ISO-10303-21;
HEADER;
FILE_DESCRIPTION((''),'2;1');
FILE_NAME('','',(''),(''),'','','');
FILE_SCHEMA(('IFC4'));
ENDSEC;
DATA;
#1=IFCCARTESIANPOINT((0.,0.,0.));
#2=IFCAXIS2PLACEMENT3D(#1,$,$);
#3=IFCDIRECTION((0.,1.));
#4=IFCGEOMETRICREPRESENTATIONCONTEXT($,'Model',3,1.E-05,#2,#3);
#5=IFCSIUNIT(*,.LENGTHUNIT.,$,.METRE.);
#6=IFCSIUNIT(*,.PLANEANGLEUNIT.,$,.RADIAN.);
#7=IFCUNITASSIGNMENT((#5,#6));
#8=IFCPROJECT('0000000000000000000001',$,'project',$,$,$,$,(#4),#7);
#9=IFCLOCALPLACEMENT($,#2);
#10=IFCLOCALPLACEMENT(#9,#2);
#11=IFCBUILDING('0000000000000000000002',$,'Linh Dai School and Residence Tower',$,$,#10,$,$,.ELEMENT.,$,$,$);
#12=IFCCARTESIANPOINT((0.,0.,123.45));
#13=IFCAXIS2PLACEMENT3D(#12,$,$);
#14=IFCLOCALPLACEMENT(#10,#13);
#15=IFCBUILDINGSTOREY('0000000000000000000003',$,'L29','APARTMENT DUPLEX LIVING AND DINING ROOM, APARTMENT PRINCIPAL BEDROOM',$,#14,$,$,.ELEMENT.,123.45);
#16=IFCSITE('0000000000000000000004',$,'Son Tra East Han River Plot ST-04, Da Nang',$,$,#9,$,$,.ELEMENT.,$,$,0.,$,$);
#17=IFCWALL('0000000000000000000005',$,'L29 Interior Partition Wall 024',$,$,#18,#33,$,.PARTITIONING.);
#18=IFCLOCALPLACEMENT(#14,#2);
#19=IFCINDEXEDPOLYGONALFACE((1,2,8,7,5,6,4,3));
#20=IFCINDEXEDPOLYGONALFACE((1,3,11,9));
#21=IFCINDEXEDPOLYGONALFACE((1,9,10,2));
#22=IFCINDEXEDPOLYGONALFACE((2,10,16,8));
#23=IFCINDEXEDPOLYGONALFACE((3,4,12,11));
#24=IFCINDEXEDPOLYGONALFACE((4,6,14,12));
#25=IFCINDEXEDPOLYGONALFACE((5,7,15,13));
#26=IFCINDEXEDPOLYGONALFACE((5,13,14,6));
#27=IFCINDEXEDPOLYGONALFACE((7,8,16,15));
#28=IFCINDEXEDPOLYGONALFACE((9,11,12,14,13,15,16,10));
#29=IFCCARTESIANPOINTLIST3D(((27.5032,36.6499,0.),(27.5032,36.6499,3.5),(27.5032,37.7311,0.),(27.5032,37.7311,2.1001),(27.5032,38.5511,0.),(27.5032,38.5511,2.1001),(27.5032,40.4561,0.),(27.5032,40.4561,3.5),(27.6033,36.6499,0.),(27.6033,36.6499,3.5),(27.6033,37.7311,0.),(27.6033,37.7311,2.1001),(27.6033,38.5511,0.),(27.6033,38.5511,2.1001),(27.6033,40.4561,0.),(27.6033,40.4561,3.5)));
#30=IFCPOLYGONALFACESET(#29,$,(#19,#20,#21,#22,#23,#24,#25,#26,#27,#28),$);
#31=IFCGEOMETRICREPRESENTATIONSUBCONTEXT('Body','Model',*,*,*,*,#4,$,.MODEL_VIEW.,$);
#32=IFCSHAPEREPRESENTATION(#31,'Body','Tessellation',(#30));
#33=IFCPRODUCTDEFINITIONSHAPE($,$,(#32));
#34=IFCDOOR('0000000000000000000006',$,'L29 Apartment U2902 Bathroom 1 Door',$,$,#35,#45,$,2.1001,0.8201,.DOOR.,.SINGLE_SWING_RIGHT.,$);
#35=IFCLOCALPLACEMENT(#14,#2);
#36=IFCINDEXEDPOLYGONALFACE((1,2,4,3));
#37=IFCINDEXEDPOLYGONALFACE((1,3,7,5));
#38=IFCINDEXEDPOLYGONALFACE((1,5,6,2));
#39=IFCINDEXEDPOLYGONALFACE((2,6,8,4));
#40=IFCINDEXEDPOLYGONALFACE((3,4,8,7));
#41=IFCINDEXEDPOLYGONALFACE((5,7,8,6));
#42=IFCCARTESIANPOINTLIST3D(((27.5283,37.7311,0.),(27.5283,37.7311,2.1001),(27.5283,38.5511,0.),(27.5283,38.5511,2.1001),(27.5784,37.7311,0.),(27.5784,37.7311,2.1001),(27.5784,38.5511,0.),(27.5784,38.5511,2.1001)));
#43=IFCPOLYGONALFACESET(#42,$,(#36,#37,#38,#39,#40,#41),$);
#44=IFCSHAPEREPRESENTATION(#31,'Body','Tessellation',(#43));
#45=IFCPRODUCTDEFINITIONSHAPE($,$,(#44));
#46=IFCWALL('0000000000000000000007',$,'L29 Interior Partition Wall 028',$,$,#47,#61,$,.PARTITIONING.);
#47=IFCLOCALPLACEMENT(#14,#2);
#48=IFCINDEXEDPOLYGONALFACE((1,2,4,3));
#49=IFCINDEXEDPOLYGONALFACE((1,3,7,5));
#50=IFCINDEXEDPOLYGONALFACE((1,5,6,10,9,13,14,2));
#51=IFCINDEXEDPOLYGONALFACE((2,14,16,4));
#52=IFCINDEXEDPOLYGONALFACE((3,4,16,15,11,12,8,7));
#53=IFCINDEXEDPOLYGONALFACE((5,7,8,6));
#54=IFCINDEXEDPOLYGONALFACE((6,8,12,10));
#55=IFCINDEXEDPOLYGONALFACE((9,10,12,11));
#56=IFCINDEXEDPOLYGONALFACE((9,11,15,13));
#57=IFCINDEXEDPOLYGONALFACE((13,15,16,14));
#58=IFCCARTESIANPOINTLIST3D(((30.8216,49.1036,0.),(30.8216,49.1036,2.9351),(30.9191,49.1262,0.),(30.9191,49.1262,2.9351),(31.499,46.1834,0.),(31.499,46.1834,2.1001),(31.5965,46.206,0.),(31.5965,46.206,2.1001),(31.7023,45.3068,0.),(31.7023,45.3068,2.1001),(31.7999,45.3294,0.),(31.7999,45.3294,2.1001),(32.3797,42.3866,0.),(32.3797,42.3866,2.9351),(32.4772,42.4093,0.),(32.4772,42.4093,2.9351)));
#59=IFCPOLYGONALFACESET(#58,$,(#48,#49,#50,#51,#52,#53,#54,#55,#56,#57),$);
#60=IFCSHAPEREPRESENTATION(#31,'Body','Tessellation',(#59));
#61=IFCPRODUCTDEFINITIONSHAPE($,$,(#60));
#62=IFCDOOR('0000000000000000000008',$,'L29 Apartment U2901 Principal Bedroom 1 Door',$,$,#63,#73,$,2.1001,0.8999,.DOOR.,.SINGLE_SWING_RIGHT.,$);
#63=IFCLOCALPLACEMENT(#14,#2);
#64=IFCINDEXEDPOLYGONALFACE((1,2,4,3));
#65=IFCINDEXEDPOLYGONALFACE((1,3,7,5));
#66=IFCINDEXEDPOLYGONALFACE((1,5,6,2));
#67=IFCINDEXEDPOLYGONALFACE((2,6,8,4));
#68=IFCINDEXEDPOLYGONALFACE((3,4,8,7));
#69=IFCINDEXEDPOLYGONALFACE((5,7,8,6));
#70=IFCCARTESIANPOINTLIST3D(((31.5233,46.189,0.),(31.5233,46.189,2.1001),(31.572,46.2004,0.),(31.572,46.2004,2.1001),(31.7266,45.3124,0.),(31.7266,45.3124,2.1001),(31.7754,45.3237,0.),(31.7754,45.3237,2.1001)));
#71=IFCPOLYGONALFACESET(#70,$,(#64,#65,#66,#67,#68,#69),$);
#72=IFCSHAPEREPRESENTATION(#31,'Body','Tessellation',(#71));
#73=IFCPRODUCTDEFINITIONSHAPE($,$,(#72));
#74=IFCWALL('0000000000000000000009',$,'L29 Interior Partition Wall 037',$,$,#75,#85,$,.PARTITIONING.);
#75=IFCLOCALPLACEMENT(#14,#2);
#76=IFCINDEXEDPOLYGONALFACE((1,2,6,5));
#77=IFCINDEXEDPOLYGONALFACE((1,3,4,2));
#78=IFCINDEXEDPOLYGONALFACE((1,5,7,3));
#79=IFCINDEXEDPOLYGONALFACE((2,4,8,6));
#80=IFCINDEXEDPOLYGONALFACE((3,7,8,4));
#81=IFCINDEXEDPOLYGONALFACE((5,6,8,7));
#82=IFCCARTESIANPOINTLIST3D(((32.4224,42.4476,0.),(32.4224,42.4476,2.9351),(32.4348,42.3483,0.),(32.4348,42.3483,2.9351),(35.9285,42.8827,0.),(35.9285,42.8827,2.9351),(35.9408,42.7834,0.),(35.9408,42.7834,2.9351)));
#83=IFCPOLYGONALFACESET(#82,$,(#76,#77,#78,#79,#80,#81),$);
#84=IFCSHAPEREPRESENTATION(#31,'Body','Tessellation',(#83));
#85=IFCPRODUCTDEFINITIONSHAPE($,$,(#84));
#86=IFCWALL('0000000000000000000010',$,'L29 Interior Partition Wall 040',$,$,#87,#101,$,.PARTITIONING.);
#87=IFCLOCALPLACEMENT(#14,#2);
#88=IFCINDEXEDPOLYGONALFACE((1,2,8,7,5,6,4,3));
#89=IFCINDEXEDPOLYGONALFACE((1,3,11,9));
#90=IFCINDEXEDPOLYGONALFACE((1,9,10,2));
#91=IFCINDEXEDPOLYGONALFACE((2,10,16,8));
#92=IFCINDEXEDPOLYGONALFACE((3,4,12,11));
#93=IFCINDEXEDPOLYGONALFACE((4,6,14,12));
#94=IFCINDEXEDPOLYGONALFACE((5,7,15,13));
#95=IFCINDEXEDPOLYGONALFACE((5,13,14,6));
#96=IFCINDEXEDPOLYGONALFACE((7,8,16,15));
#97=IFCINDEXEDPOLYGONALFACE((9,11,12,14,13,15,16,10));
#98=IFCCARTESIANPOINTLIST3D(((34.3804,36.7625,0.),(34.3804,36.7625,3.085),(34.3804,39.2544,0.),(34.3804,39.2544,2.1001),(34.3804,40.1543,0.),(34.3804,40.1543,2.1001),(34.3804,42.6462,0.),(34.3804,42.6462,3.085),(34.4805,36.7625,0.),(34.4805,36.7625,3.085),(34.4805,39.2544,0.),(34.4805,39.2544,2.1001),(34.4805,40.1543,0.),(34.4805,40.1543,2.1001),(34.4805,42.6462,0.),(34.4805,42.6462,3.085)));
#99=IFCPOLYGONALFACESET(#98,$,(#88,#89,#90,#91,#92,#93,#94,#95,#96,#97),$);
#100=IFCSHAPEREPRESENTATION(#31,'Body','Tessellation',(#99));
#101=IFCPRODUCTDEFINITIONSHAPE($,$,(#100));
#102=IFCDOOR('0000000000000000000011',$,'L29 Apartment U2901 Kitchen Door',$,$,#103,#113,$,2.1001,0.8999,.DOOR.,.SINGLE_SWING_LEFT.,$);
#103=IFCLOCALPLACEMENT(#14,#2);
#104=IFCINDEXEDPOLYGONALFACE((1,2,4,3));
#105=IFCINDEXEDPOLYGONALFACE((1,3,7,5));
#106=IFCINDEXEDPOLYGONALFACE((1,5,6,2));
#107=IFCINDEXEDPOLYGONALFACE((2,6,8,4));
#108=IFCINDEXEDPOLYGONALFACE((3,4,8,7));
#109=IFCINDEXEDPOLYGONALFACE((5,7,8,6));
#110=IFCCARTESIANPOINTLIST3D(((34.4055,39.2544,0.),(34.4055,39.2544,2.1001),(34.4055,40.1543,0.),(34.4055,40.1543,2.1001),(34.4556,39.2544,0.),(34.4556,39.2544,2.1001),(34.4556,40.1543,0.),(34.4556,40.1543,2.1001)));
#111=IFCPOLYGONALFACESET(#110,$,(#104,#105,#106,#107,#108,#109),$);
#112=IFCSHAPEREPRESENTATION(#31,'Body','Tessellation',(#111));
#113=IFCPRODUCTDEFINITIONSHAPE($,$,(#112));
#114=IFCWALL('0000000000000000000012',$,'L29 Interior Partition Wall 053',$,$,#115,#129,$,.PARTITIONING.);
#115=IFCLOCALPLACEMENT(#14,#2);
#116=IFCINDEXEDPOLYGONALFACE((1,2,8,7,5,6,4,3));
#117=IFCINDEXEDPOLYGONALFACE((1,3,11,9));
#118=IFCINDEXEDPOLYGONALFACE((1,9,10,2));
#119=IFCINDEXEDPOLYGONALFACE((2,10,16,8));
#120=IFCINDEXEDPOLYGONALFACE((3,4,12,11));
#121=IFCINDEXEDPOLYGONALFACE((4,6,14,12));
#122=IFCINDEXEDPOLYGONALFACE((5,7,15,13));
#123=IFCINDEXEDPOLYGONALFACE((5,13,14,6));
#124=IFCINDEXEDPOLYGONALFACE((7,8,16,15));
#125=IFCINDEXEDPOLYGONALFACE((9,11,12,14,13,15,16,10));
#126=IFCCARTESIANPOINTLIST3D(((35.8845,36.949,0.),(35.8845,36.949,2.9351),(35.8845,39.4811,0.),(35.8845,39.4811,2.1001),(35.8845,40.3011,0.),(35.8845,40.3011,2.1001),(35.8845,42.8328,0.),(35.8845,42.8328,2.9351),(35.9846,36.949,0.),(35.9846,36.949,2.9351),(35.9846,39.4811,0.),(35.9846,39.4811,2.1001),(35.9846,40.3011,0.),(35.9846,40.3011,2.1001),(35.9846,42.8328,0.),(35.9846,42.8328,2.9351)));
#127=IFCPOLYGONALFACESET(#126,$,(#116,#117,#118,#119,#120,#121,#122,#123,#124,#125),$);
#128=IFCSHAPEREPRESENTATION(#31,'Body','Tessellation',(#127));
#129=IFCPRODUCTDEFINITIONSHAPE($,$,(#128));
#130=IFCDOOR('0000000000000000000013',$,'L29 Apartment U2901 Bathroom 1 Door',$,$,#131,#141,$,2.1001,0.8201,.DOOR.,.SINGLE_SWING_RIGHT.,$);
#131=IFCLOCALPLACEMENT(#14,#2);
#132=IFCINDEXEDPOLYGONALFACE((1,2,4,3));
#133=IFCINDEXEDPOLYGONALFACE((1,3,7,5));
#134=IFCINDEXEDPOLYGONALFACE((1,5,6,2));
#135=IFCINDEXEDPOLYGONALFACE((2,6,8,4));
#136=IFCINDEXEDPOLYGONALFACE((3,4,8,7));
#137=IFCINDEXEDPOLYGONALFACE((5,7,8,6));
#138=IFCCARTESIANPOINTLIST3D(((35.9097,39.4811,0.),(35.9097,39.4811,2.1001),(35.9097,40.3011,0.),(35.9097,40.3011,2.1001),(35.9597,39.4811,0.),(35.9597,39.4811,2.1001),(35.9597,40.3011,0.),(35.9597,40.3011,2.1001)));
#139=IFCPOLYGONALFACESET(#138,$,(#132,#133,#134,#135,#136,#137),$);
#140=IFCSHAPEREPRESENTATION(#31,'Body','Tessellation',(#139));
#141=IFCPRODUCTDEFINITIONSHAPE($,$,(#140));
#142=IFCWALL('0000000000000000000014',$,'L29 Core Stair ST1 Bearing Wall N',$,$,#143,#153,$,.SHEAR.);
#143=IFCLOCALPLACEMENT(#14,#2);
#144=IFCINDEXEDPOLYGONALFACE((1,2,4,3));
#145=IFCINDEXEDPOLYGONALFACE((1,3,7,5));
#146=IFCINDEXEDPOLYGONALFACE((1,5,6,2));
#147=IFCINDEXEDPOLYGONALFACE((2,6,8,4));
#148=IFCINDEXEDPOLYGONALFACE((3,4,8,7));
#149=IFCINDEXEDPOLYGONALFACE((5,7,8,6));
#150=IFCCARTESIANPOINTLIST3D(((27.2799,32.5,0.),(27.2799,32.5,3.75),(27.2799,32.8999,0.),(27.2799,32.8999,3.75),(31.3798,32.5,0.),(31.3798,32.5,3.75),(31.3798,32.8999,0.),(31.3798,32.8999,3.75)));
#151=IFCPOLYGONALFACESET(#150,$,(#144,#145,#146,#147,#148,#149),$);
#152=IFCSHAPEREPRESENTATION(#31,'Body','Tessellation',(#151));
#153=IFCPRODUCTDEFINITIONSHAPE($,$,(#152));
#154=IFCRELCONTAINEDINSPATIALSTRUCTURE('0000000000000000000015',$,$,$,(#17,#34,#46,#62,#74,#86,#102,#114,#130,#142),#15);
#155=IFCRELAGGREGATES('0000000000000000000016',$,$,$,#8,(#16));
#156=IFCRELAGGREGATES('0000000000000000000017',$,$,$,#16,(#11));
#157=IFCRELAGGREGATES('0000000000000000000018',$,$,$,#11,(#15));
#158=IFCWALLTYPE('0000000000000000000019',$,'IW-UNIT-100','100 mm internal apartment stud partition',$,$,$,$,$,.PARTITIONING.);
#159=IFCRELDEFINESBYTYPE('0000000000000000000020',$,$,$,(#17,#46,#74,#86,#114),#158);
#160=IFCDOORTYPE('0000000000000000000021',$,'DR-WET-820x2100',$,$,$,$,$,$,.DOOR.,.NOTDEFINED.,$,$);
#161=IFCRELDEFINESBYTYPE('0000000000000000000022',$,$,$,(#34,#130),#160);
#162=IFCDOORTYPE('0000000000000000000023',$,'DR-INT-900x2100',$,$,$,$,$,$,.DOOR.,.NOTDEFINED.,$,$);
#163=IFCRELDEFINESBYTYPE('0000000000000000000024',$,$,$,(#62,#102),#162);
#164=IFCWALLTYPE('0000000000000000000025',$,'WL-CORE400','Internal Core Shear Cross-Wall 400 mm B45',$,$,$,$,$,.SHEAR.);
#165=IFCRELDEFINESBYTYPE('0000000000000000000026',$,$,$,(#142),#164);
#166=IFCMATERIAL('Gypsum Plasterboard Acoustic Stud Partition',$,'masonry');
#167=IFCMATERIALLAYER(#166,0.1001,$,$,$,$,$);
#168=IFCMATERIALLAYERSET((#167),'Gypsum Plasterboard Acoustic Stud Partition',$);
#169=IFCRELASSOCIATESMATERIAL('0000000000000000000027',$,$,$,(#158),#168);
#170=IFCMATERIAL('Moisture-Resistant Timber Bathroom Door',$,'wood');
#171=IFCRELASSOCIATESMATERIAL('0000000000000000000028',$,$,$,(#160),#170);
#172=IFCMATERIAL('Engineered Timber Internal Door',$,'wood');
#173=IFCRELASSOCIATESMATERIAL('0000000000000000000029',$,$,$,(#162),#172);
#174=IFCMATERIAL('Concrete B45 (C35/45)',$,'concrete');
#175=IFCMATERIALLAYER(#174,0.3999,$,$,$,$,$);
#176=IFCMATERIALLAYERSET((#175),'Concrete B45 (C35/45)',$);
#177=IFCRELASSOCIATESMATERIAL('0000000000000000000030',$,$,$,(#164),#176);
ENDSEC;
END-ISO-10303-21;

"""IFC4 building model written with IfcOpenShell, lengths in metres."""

from ifc_helpers import new_model, si_unit, direction, frame, frame_2d, origin, origin_2d, place, context, subcontext, project, spatial, rectangle, extrude, source, transform, mapped, material, layer, layer_set, type_object, element, fill, save


model = new_model("IFC4")

# Units and contexts
model_context = context("Model", 3, precision=1e-05, world=origin(), true_north=direction((0.0, 1.0)))
body_context = subcontext(model_context, "Body", "Model", "MODEL_VIEW")
ifc_project = project(units=[si_unit("LENGTHUNIT", "METRE"), si_unit("PLANEANGLEUNIT", "RADIAN")], contexts=[model_context])

# Site, building, storey
site_placement = place(None, origin())
site = spatial("IfcSite", under=ifc_project, at=site_placement, Name="Son Tra East Han River Plot ST-04, Da Nang", CompositionType="ELEMENT", RefElevation=0.0)
building_placement = place(site_placement, origin())
building = spatial("IfcBuilding", under=site, at=building_placement, Name="Linh Dai School and Residence Tower", CompositionType="ELEMENT")
storey_placement = place(building_placement, frame((0.0, 0.0, 123.45)))
storey = spatial("IfcBuildingStorey", under=building, at=storey_placement, Name="L29", Description="APARTMENT DUPLEX LIVING AND DINING ROOM, APARTMENT PRINCIPAL BEDROOM", CompositionType="ELEMENT", Elevation=123.45)

# Walls, openings, doors
ifc_material_1 = material(Name="Gypsum Plasterboard Acoustic Stud Partition", Category="masonry")
ifc_layer_1 = layer(ifc_material_1, 0.1001)
ifc_layer_set_1 = layer_set([ifc_layer_1], Name="Gypsum Plasterboard Acoustic Stud Partition")
wall_type_1 = type_object("IfcWallType", Name="IW-UNIT-100", Description="100 mm internal apartment stud partition", PredefinedType="PARTITIONING", material=ifc_layer_set_1)
wall_1_placement = place(storey_placement, frame((27.5532, 36.6499, 0.0), z_axis=(0.0, 0.0, 1.0), x_axis=(0.0, 1.0, 0.0)))
wall_1 = element("IfcWall", 1, at=wall_1_placement, inside=storey, type_object=wall_type_1, Name="L29 Interior Partition Wall 024", PredefinedType="PARTITIONING", context=body_context, shape_type="SweptSolid", body=[
    extrude(rectangle(XDim=3.8062, YDim=0.1001, at=frame_2d((1.9031, 0.0))), origin(), (0.0, 0.0, 1.0), 3.5),
])
opening_1_placement = place(wall_1_placement, frame((1.0811, 0.0, 0.0)))
opening_1 = element("IfcOpeningElement", 2, at=opening_1_placement, cuts=wall_1, PredefinedType="OPENING", context=body_context, shape_type="SweptSolid", body=[
    extrude(rectangle(XDim=0.8201, YDim=2.1001, at=origin_2d()), frame((0.4102, 0.0601, 1.05), z_axis=(0.0, -1.0, 0.0), x_axis=(1.0, 0.0, 0.0)), (0.0, 0.0, 1.0), 0.1201),
])
ifc_material_2 = material(Name="Moisture-Resistant Timber Bathroom Door", Category="wood")
door_type_1 = type_object("IfcDoorType", Name="DR-WET-820x2100", OperationType="NOTDEFINED", PredefinedType="DOOR", material=ifc_material_2)
shared_shape_1 = source(origin(), body_context, "Body", "SweptSolid", [
    extrude(rectangle(XDim=0.8201, YDim=2.1001, at=origin_2d()), frame((0.4102, 0.0249, 1.05), z_axis=(0.0, -1.0, 0.0), x_axis=(1.0, 0.0, 0.0)), (0.0, 0.0, 1.0), 0.05),
])
door_1_placement = place(opening_1_placement, origin())
door_1 = element("IfcDoor", 3, at=door_1_placement, inside=storey, type_object=door_type_1, Name="L29 Apartment U2902 Bathroom 1 Door", OperationType="SINGLE_SWING_RIGHT", OverallHeight=2.1001, OverallWidth=0.8201, PredefinedType="DOOR", context=body_context, shape_type="MappedRepresentation", body=[
    mapped(shared_shape_1, transform((0.0, 0.0, 0.0), x_axis=(1.0, 0.0, 0.0), y_axis=(0.0, 1.0, 0.0), z_axis=(0.0, 0.0, 1.0), scale=1.0)),
])
fill(opening_1, door_1)
wall_2_placement = place(storey_placement, frame((30.8704, 49.115, 0.0), z_axis=(0.0, 0.0, 1.0), x_axis=(0.225964, -0.974136, 0.0)))
wall_2 = element("IfcWall", 4, at=wall_2_placement, inside=storey, type_object=wall_type_1, Name="L29 Interior Partition Wall 028", PredefinedType="PARTITIONING", context=body_context, shape_type="SweptSolid", body=[
    extrude(rectangle(XDim=6.8953, YDim=0.1001, at=frame_2d((3.4478, 0.0))), origin(), (0.0, 0.0, 1.0), 2.9351),
])
opening_2_placement = place(wall_2_placement, frame((2.9978, 0.0, 0.0)))
opening_2 = element("IfcOpeningElement", 5, at=opening_2_placement, cuts=wall_2, PredefinedType="OPENING", context=body_context, shape_type="SweptSolid", body=[
    extrude(rectangle(XDim=0.8999, YDim=2.1001, at=origin_2d()), frame((0.45, 0.0601, 1.05), z_axis=(0.0, -1.0, 0.0), x_axis=(1.0, 0.0, 0.0)), (0.0, 0.0, 1.0), 0.1201),
])
ifc_material_3 = material(Name="Engineered Timber Internal Door", Category="wood")
door_type_2 = type_object("IfcDoorType", Name="DR-INT-900x2100", OperationType="NOTDEFINED", PredefinedType="DOOR", material=ifc_material_3)
shared_shape_2 = source(origin(), body_context, "Body", "SweptSolid", [
    extrude(rectangle(XDim=0.8999, YDim=2.1001, at=origin_2d()), frame((0.45, 0.0249, 1.05), z_axis=(0.0, -1.0, 0.0), x_axis=(1.0, 0.0, 0.0)), (0.0, 0.0, 1.0), 0.05),
])
door_2_placement = place(opening_2_placement, origin())
door_2 = element("IfcDoor", 6, at=door_2_placement, inside=storey, type_object=door_type_2, Name="L29 Apartment U2901 Principal Bedroom 1 Door", OperationType="SINGLE_SWING_RIGHT", OverallHeight=2.1001, OverallWidth=0.8999, PredefinedType="DOOR", context=body_context, shape_type="MappedRepresentation", body=[
    mapped(shared_shape_2, transform((0.0, 0.0, 0.0), x_axis=(1.0, 0.0, 0.0), y_axis=(0.0, 1.0, 0.0), z_axis=(0.0, 0.0, 1.0), scale=1.0)),
])
fill(opening_2, door_2)

# Wall
wall_3_placement = place(storey_placement, frame((32.4285, 42.3979, 0.0), z_axis=(0.0, 0.0, 1.0), x_axis=(0.992389, 0.123142, 0.0)))
element("IfcWall", 7, at=wall_3_placement, inside=storey, type_object=wall_type_1, Name="L29 Interior Partition Wall 037", PredefinedType="PARTITIONING", context=body_context, shape_type="SweptSolid", body=[
    extrude(rectangle(XDim=3.533, YDim=0.1001, at=frame_2d((1.7666, 0.0))), origin(), (0.0, 0.0, 1.0), 2.9351),
])

# Walls, openings, doors
wall_4_placement = place(storey_placement, frame((34.4304, 36.7625, 0.0), z_axis=(0.0, 0.0, 1.0), x_axis=(0.0, 1.0, 0.0)))
wall_4 = element("IfcWall", 8, at=wall_4_placement, inside=storey, type_object=wall_type_1, Name="L29 Interior Partition Wall 040", PredefinedType="PARTITIONING", context=body_context, shape_type="SweptSolid", body=[
    extrude(rectangle(XDim=5.8838, YDim=0.1001, at=frame_2d((2.9419, 0.0))), origin(), (0.0, 0.0, 1.0), 3.085),
])
opening_3_placement = place(wall_4_placement, frame((2.4919, 0.0, 0.0)))
opening_3 = element("IfcOpeningElement", 9, at=opening_3_placement, cuts=wall_4, PredefinedType="OPENING", context=body_context, shape_type="SweptSolid", body=[
    extrude(rectangle(XDim=0.8999, YDim=2.1001, at=origin_2d()), frame((0.45, 0.0601, 1.05), z_axis=(0.0, -1.0, 0.0), x_axis=(1.0, 0.0, 0.0)), (0.0, 0.0, 1.0), 0.1201),
])
door_3_placement = place(opening_3_placement, origin())
door_3 = element("IfcDoor", 10, at=door_3_placement, inside=storey, type_object=door_type_2, Name="L29 Apartment U2901 Kitchen Door", OperationType="SINGLE_SWING_LEFT", OverallHeight=2.1001, OverallWidth=0.8999, PredefinedType="DOOR", context=body_context, shape_type="MappedRepresentation", body=[
    mapped(shared_shape_2, transform((0.0, 0.0, 0.0), x_axis=(1.0, 0.0, 0.0), y_axis=(0.0, 1.0, 0.0), z_axis=(0.0, 0.0, 1.0), scale=1.0)),
])
fill(opening_3, door_3)
wall_5_placement = place(storey_placement, frame((35.9346, 36.949, 0.0), z_axis=(0.0, 0.0, 1.0), x_axis=(0.0, 1.0, 0.0)))
wall_5 = element("IfcWall", 11, at=wall_5_placement, inside=storey, type_object=wall_type_1, Name="L29 Interior Partition Wall 053", PredefinedType="PARTITIONING", context=body_context, shape_type="SweptSolid", body=[
    extrude(rectangle(XDim=5.8838, YDim=0.1001, at=frame_2d((2.9419, 0.0))), origin(), (0.0, 0.0, 1.0), 2.9351),
])
opening_4_placement = place(wall_5_placement, frame((2.532, 0.0, 0.0)))
opening_4 = element("IfcOpeningElement", 12, at=opening_4_placement, cuts=wall_5, PredefinedType="OPENING", context=body_context, shape_type="SweptSolid", body=[
    extrude(rectangle(XDim=0.8201, YDim=2.1001, at=origin_2d()), frame((0.4102, 0.0601, 1.05), z_axis=(0.0, -1.0, 0.0), x_axis=(1.0, 0.0, 0.0)), (0.0, 0.0, 1.0), 0.1201),
])
door_4_placement = place(opening_4_placement, origin())
door_4 = element("IfcDoor", 13, at=door_4_placement, inside=storey, type_object=door_type_1, Name="L29 Apartment U2901 Bathroom 1 Door", OperationType="SINGLE_SWING_RIGHT", OverallHeight=2.1001, OverallWidth=0.8201, PredefinedType="DOOR", context=body_context, shape_type="MappedRepresentation", body=[
    mapped(shared_shape_1, transform((0.0, 0.0, 0.0), x_axis=(1.0, 0.0, 0.0), y_axis=(0.0, 1.0, 0.0), z_axis=(0.0, 0.0, 1.0), scale=1.0)),
])
fill(opening_4, door_4)

# Wall
ifc_material_4 = material(Name="Concrete B45 (C35/45)", Category="concrete")
ifc_layer_2 = layer(ifc_material_4, 0.3999)
ifc_layer_set_2 = layer_set([ifc_layer_2], Name="Concrete B45 (C35/45)")
wall_type_2 = type_object("IfcWallType", Name="WL-CORE400", Description="Internal Core Shear Cross-Wall 400 mm B45", PredefinedType="SHEAR", material=ifc_layer_set_2)
wall_6_placement = place(storey_placement, frame((27.28, 32.7, 0.0), z_axis=(0.0, 0.0, 1.0), x_axis=(1.0, 0.0, 0.0)))
element("IfcWall", 14, at=wall_6_placement, inside=storey, type_object=wall_type_2, Name="L29 Core Stair ST1 Bearing Wall N", PredefinedType="SHEAR", context=body_context, shape_type="SweptSolid", body=[
    extrude(rectangle(XDim=4.0999, YDim=0.3999, at=frame_2d((2.0498, 0.0))), origin(), (0.0, 0.0, 1.0), 3.75),
])

save(model, "model.ifc")
